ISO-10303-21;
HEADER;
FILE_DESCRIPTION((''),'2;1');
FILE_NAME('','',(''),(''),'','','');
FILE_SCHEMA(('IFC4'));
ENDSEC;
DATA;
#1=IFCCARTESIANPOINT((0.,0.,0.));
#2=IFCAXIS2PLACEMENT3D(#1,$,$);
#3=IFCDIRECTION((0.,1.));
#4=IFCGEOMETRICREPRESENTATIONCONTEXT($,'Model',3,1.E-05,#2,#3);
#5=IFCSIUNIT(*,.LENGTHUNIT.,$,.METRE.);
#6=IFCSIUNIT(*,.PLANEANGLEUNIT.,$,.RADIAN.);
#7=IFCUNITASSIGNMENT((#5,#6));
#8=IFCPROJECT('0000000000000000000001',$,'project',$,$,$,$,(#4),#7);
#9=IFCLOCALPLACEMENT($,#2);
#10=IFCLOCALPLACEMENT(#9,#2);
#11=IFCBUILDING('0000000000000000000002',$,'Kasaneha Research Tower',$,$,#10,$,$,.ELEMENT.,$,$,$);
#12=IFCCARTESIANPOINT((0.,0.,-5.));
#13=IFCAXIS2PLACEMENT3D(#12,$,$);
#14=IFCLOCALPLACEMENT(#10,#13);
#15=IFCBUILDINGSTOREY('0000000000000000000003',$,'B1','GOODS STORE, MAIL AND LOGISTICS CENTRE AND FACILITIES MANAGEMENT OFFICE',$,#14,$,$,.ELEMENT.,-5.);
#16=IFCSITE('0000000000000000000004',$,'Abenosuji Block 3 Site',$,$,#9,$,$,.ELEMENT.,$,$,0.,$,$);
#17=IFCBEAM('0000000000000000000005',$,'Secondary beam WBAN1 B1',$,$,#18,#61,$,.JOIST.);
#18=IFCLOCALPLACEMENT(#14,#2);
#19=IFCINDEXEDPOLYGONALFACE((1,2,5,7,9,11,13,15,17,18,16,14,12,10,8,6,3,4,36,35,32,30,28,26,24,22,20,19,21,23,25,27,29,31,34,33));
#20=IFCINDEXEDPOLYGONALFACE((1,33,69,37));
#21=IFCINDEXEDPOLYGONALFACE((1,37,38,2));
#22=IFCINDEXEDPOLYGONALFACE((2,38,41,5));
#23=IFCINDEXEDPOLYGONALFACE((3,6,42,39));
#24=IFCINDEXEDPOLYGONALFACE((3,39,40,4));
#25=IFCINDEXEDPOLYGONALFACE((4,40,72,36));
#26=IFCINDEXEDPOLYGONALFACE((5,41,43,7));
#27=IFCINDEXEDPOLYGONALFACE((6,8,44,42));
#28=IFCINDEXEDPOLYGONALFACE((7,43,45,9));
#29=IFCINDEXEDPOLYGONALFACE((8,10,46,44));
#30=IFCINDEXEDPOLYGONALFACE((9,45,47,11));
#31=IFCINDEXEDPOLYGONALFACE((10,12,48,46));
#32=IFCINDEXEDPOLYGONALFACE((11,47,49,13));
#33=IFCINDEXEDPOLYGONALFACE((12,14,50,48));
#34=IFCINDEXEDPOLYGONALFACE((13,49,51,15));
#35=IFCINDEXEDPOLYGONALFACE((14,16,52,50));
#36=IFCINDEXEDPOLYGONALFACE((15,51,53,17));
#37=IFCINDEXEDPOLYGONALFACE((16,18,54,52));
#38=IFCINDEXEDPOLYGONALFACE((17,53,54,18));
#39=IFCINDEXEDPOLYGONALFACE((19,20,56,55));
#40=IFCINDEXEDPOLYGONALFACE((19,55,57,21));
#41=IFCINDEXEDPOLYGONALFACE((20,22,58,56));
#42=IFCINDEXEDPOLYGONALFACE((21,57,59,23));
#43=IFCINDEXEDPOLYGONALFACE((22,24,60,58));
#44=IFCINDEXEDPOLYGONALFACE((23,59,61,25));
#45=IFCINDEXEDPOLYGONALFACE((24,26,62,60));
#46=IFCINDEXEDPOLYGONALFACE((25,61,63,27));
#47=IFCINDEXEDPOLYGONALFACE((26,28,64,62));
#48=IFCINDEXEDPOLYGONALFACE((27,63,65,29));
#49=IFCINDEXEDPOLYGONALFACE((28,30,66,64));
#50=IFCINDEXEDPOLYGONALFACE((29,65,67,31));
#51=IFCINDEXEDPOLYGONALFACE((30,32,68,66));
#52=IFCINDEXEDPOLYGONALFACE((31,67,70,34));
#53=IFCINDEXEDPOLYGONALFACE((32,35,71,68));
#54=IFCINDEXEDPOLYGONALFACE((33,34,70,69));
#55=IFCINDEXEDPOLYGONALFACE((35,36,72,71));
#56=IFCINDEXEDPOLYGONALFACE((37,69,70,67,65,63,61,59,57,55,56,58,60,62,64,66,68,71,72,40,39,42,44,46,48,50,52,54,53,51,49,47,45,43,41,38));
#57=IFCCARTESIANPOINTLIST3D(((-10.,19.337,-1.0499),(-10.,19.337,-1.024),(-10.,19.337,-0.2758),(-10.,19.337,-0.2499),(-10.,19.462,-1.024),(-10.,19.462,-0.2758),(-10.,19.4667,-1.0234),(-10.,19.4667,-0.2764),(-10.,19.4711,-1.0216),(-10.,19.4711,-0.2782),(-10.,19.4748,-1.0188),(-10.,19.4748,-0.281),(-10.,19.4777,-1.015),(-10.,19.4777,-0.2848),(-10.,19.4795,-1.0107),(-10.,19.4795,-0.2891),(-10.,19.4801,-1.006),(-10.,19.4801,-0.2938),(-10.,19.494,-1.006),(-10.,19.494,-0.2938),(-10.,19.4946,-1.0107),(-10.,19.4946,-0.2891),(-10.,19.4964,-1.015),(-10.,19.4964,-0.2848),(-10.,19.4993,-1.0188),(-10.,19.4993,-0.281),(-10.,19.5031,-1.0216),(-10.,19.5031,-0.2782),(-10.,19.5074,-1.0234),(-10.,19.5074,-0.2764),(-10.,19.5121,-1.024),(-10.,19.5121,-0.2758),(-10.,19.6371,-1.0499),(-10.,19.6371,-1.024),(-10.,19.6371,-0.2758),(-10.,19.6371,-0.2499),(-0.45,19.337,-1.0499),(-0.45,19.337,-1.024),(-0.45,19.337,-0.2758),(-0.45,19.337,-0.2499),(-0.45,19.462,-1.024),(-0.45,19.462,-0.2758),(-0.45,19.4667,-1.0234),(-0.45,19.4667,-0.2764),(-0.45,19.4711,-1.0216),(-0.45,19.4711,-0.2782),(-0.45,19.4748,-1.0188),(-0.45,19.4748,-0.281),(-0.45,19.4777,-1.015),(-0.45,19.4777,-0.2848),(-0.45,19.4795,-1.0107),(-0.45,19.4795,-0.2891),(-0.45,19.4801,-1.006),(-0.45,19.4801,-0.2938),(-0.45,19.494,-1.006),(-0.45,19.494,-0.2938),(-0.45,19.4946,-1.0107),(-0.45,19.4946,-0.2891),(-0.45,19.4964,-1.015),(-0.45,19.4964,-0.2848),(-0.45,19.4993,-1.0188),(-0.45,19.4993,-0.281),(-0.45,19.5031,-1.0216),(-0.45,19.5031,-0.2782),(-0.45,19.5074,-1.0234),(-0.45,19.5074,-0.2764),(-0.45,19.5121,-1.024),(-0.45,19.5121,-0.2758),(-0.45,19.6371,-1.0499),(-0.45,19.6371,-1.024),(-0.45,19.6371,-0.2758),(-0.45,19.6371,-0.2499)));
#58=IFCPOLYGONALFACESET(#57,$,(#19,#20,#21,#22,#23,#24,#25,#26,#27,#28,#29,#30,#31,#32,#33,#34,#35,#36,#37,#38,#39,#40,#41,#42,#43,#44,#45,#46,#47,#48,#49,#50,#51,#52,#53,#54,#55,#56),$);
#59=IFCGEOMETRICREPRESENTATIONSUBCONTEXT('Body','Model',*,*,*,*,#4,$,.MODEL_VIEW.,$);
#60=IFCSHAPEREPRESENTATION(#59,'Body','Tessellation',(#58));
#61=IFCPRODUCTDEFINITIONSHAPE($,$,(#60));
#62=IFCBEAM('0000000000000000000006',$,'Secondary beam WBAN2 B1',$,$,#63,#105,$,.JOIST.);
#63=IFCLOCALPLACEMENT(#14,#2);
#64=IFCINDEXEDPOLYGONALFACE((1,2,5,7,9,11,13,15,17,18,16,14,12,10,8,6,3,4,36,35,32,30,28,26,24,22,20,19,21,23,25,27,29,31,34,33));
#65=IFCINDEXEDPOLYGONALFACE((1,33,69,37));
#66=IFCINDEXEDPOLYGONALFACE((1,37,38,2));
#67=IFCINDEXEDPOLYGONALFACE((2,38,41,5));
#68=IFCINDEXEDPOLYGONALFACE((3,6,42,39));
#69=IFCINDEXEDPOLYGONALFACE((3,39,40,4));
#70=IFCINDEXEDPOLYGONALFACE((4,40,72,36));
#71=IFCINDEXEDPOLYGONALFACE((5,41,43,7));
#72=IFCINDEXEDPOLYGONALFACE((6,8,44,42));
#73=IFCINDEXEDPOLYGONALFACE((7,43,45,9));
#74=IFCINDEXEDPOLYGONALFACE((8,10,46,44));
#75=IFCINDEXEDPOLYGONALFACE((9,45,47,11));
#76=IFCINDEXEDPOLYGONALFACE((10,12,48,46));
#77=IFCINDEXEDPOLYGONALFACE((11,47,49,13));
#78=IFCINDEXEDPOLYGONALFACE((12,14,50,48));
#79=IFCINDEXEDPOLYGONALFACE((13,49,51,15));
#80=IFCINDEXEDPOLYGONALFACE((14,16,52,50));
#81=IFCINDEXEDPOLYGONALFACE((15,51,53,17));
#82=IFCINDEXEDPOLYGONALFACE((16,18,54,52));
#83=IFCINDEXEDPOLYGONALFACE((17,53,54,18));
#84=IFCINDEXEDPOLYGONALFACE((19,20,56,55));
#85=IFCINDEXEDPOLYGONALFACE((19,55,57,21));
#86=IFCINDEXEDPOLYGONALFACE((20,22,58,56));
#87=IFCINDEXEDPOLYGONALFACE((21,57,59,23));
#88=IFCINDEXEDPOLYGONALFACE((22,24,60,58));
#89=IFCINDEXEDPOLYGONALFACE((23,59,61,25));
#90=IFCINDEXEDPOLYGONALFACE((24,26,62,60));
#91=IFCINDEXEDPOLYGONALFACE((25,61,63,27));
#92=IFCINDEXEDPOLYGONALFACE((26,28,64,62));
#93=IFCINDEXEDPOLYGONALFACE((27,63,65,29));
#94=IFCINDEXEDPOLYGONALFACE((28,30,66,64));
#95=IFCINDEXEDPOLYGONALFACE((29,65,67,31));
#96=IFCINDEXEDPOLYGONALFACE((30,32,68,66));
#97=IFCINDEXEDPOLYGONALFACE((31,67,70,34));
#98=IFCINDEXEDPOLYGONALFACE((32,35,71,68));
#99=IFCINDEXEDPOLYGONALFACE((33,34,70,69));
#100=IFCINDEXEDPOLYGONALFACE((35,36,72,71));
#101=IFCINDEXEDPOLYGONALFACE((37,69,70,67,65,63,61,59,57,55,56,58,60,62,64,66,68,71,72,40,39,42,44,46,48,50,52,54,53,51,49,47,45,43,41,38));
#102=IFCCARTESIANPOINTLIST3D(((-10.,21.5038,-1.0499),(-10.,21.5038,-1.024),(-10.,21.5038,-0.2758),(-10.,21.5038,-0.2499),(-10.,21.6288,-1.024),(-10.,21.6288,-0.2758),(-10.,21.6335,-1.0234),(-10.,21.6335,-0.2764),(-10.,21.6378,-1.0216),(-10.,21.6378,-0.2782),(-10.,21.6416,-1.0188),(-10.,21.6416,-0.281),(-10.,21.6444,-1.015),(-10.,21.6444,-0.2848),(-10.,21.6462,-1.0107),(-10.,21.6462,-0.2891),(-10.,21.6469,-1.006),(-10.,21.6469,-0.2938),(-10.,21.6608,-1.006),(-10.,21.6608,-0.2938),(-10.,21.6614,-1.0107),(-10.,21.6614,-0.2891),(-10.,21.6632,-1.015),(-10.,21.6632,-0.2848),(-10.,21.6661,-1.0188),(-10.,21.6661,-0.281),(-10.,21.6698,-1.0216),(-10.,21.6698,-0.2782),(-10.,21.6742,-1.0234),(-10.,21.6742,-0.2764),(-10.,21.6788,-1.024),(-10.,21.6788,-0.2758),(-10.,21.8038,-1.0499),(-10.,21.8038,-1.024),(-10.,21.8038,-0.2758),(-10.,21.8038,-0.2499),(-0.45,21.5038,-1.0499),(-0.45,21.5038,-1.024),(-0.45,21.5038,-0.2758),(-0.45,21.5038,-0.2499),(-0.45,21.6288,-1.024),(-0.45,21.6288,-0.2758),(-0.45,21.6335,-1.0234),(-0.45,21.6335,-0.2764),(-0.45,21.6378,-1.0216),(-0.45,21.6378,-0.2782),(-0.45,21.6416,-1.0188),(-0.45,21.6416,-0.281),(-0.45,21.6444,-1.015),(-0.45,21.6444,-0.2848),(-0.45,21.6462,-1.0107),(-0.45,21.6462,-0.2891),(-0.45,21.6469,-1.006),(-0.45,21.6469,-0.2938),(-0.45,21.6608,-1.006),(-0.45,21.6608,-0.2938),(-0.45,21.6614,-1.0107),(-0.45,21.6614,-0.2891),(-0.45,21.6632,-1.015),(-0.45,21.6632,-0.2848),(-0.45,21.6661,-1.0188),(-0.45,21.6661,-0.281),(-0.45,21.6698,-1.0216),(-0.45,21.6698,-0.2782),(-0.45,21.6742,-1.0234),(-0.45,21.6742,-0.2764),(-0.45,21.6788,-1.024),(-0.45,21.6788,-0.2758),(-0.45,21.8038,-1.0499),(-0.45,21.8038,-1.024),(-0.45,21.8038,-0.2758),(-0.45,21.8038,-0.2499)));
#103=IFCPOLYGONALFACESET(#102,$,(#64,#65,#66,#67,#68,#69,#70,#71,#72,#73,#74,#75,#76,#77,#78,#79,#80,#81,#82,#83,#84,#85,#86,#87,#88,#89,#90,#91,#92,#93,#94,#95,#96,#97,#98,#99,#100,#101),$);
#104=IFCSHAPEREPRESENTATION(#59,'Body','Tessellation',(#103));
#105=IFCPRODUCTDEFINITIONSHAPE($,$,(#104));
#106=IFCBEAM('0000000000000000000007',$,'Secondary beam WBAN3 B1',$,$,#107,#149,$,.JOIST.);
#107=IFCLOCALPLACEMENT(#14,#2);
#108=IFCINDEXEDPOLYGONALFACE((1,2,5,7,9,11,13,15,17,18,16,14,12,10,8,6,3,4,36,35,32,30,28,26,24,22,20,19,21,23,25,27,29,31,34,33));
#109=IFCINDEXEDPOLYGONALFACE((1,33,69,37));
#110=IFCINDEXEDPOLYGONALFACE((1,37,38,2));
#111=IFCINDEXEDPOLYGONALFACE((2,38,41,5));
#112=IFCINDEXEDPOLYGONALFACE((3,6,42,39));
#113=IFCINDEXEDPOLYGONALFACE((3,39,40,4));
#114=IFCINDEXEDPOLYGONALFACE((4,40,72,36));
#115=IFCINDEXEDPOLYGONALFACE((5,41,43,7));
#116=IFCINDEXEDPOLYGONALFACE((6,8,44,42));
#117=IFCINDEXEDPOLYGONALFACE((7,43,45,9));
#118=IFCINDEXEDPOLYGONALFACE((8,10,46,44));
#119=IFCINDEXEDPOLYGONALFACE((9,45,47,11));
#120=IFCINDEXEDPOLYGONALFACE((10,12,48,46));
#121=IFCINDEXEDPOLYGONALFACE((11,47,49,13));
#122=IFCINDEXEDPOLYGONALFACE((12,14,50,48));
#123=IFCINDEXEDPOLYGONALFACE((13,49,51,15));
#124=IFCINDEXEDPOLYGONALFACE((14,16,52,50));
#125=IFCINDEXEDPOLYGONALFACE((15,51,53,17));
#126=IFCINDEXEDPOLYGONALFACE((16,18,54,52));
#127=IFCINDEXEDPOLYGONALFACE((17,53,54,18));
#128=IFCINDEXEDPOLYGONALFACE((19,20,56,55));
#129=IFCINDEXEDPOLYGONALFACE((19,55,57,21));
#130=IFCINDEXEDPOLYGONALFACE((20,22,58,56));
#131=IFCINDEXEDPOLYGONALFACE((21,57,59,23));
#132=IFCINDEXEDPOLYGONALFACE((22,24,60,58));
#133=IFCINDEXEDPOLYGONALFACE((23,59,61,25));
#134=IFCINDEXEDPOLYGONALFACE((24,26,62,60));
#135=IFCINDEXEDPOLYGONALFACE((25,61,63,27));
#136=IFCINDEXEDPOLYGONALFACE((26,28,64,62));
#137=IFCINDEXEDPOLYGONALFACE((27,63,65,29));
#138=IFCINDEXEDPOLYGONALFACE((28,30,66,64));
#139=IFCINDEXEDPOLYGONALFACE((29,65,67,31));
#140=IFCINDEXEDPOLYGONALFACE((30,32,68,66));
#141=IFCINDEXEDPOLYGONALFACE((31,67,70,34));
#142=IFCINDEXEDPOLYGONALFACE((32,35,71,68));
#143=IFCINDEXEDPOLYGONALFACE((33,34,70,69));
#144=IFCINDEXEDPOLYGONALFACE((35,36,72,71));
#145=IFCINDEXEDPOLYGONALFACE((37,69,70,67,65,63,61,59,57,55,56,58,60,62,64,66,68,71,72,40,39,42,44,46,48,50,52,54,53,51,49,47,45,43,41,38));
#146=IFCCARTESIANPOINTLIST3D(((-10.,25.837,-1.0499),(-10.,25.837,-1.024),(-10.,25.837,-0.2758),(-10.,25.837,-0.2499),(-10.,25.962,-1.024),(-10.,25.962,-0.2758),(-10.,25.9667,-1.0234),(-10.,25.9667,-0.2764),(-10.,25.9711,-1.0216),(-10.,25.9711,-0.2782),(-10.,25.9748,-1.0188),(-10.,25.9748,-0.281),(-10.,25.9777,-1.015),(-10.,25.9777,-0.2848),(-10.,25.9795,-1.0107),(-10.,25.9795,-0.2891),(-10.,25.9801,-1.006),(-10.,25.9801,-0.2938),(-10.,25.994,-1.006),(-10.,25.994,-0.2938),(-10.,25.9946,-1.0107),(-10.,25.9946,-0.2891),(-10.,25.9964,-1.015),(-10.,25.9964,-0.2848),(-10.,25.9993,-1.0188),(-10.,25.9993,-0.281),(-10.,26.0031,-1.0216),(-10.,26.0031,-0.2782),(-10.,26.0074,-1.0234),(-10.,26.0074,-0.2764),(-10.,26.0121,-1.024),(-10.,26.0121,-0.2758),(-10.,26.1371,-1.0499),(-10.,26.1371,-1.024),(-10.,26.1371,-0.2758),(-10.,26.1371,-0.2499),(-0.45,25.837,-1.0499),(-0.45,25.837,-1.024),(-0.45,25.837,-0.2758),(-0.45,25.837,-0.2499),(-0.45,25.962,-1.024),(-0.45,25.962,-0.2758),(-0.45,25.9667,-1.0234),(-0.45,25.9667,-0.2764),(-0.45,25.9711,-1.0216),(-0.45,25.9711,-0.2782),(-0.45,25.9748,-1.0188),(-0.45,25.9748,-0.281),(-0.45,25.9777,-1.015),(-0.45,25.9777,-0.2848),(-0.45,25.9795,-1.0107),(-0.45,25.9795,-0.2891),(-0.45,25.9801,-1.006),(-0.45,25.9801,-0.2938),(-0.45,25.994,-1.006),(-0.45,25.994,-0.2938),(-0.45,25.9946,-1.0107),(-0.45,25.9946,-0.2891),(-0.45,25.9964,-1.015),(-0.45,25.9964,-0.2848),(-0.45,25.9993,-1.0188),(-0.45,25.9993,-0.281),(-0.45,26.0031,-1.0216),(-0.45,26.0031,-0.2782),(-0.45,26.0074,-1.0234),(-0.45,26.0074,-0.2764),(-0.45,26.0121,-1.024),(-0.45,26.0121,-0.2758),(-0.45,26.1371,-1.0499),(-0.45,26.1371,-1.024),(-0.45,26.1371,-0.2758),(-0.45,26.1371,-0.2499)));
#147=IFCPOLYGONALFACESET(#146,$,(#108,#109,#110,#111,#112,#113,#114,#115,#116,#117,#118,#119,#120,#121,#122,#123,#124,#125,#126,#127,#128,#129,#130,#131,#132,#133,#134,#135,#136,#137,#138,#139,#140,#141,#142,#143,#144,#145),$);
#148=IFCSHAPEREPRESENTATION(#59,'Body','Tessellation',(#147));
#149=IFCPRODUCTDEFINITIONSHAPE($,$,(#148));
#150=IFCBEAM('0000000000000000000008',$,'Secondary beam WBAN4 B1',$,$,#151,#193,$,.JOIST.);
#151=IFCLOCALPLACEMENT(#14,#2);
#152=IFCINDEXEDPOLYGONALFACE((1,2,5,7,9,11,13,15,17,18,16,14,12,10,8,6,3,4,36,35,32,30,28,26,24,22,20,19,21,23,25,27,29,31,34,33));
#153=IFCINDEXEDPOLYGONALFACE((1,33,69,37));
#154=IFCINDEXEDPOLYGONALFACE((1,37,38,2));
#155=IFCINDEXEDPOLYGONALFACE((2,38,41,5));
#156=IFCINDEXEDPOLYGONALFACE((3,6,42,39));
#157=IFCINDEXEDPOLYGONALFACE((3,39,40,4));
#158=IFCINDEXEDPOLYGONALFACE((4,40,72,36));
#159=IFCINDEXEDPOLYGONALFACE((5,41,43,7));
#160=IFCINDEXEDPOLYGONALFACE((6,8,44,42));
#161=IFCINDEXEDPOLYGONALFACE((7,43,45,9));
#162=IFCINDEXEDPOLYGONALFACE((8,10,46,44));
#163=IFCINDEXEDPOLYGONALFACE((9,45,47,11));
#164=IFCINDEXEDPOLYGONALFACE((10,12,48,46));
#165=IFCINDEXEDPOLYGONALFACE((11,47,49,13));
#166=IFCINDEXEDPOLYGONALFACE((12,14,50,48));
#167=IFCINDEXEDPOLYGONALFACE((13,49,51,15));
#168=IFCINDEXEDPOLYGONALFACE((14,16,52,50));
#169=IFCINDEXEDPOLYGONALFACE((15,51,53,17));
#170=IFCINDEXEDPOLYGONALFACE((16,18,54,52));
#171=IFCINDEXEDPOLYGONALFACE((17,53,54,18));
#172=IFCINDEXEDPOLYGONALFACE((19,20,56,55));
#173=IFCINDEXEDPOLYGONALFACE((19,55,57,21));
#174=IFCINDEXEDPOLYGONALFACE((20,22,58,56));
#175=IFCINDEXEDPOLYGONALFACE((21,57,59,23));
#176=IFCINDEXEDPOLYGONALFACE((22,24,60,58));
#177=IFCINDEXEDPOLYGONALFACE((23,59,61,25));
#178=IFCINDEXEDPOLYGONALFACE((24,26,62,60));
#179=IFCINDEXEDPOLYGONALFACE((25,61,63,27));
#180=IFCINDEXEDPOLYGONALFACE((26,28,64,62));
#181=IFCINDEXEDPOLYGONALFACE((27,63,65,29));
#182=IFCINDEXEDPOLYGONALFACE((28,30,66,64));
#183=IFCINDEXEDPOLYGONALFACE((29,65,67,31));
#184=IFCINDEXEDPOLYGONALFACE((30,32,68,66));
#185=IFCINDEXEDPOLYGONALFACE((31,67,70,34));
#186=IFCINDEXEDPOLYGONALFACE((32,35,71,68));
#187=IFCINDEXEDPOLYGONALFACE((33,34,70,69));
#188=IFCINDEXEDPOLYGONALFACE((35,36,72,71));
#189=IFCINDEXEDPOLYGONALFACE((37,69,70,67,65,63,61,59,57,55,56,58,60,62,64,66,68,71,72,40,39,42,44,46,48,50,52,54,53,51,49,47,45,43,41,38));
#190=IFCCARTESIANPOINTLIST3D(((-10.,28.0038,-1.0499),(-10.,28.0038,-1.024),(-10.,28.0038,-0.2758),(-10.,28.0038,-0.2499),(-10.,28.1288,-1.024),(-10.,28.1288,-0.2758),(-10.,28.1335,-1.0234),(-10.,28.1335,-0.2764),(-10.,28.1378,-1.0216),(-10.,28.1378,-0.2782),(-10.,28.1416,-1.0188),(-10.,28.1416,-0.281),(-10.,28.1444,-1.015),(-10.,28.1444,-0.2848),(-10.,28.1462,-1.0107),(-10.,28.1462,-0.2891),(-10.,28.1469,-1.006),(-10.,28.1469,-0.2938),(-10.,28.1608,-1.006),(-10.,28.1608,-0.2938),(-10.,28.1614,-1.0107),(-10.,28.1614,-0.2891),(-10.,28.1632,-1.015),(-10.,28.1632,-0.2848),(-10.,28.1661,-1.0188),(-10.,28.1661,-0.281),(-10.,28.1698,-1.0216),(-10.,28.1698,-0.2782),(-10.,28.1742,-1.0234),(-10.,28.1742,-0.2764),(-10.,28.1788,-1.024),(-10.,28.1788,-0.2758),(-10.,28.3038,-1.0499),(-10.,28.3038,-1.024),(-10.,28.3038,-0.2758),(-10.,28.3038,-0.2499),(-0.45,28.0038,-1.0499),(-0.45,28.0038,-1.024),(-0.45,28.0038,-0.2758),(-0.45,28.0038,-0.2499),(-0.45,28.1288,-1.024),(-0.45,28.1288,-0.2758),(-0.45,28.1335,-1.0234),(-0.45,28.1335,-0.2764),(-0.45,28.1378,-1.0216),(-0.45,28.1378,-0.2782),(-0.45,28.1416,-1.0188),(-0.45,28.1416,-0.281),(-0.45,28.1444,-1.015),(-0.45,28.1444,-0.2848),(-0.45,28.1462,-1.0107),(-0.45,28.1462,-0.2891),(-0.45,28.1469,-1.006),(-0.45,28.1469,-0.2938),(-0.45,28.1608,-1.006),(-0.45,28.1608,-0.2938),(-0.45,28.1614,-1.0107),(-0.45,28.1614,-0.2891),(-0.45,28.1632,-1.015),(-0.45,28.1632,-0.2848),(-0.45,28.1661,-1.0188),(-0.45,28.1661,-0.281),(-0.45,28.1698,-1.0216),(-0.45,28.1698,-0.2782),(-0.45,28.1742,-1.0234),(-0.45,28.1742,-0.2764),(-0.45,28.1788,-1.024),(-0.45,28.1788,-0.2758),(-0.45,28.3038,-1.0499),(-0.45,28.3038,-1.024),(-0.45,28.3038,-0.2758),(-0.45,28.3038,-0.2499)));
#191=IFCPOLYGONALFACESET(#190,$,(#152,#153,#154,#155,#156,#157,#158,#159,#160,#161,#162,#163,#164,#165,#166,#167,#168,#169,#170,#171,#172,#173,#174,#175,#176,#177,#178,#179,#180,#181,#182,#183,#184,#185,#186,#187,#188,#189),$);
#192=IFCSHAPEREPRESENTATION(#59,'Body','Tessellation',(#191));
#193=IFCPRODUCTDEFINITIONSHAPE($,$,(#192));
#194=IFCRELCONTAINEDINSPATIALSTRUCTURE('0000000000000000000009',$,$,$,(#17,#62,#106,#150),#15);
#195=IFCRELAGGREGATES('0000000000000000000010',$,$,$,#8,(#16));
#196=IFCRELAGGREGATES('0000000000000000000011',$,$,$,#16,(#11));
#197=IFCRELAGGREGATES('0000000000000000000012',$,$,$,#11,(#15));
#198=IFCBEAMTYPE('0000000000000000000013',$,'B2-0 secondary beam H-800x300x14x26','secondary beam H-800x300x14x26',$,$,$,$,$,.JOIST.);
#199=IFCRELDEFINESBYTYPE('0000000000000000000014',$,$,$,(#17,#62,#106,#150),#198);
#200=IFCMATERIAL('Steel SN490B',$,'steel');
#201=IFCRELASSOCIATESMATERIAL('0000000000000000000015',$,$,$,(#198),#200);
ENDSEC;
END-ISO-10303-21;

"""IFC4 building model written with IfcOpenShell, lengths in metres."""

from ifc_helpers import new_model, si_unit, direction, frame, origin, origin_2d, place, context, subcontext, project, spatial, i_section, extrude, material, material_profile, profile_set, type_object, element, save


model = new_model("IFC4")

# Units and contexts
model_context = context("Model", 3, precision=1e-05, world=origin(), true_north=direction((0.0, 1.0)))
body_context = subcontext(model_context, "Body", "Model", "MODEL_VIEW")
ifc_project = project(units=[si_unit("LENGTHUNIT", "METRE"), si_unit("PLANEANGLEUNIT", "RADIAN")], contexts=[model_context])

# Site, building, storey
site_placement = place(None, origin())
site = spatial("IfcSite", under=ifc_project, at=site_placement, Name="Abenosuji Block 3 Site", CompositionType="ELEMENT", RefElevation=0.0)
building_placement = place(site_placement, origin())
building = spatial("IfcBuilding", under=site, at=building_placement, Name="Kasaneha Research Tower", CompositionType="ELEMENT")
storey_placement = place(building_placement, frame((0.0, 0.0, -5.0)))
storey = spatial("IfcBuildingStorey", under=building, at=storey_placement, Name="B1", Description="GOODS STORE, MAIL AND LOGISTICS CENTRE AND FACILITIES MANAGEMENT OFFICE", CompositionType="ELEMENT", Elevation=-5.0)

# Beams
ifc_material_1 = material(Name="Steel SN490B", Category="steel")
ifc_material_profile_1 = material_profile(ifc_material_1, i_section(OverallWidth=0.3, OverallDepth=0.8, WebThickness=0.0139, FlangeThickness=0.0259, FilletRadius=0.0181, at=origin_2d()), Name="H-800x300x14x26")
ifc_profile_set_1 = profile_set([ifc_material_profile_1], Name="Steel SN490B")
beam_type_1 = type_object("IfcBeamType", Name="B2-0 secondary beam H-800x300x14x26", Description="secondary beam H-800x300x14x26", PredefinedType="JOIST", material=ifc_profile_set_1)
for number, where, z_axis, x_axis, name in (
    (1, (-10.0, 19.4871, -0.6499), (1.0, 0.0, 0.0), (0.0, 1.0, 0.0), "Secondary beam WBAN1 B1"),
    (2, (-10.0, 21.6538, -0.6499), (1.0, 0.0, 0.0), (0.0, 1.0, 0.0), "Secondary beam WBAN2 B1"),
    (3, (-10.0, 25.9871, -0.6499), (1.0, 0.0, 0.0), (0.0, 1.0, 0.0), "Secondary beam WBAN3 B1"),
    (4, (-10.0, 28.1538, -0.6499), (1.0, 0.0, 0.0), (0.0, 1.0, 0.0), "Secondary beam WBAN4 B1"),
):
    element("IfcBeam", number, at=place(storey_placement, frame(where, z_axis=z_axis, x_axis=x_axis)), inside=storey, type_object=beam_type_1, Name=name, PredefinedType="JOIST", context=body_context, shape_type="SweptSolid", body=[
        extrude(i_section(OverallWidth=0.3, OverallDepth=0.8, WebThickness=0.0139, FlangeThickness=0.0259, FilletRadius=0.0181, at=origin_2d()), origin(), (0.0, 0.0, 1.0), 9.55),
    ])

save(model, "model.ifc")
